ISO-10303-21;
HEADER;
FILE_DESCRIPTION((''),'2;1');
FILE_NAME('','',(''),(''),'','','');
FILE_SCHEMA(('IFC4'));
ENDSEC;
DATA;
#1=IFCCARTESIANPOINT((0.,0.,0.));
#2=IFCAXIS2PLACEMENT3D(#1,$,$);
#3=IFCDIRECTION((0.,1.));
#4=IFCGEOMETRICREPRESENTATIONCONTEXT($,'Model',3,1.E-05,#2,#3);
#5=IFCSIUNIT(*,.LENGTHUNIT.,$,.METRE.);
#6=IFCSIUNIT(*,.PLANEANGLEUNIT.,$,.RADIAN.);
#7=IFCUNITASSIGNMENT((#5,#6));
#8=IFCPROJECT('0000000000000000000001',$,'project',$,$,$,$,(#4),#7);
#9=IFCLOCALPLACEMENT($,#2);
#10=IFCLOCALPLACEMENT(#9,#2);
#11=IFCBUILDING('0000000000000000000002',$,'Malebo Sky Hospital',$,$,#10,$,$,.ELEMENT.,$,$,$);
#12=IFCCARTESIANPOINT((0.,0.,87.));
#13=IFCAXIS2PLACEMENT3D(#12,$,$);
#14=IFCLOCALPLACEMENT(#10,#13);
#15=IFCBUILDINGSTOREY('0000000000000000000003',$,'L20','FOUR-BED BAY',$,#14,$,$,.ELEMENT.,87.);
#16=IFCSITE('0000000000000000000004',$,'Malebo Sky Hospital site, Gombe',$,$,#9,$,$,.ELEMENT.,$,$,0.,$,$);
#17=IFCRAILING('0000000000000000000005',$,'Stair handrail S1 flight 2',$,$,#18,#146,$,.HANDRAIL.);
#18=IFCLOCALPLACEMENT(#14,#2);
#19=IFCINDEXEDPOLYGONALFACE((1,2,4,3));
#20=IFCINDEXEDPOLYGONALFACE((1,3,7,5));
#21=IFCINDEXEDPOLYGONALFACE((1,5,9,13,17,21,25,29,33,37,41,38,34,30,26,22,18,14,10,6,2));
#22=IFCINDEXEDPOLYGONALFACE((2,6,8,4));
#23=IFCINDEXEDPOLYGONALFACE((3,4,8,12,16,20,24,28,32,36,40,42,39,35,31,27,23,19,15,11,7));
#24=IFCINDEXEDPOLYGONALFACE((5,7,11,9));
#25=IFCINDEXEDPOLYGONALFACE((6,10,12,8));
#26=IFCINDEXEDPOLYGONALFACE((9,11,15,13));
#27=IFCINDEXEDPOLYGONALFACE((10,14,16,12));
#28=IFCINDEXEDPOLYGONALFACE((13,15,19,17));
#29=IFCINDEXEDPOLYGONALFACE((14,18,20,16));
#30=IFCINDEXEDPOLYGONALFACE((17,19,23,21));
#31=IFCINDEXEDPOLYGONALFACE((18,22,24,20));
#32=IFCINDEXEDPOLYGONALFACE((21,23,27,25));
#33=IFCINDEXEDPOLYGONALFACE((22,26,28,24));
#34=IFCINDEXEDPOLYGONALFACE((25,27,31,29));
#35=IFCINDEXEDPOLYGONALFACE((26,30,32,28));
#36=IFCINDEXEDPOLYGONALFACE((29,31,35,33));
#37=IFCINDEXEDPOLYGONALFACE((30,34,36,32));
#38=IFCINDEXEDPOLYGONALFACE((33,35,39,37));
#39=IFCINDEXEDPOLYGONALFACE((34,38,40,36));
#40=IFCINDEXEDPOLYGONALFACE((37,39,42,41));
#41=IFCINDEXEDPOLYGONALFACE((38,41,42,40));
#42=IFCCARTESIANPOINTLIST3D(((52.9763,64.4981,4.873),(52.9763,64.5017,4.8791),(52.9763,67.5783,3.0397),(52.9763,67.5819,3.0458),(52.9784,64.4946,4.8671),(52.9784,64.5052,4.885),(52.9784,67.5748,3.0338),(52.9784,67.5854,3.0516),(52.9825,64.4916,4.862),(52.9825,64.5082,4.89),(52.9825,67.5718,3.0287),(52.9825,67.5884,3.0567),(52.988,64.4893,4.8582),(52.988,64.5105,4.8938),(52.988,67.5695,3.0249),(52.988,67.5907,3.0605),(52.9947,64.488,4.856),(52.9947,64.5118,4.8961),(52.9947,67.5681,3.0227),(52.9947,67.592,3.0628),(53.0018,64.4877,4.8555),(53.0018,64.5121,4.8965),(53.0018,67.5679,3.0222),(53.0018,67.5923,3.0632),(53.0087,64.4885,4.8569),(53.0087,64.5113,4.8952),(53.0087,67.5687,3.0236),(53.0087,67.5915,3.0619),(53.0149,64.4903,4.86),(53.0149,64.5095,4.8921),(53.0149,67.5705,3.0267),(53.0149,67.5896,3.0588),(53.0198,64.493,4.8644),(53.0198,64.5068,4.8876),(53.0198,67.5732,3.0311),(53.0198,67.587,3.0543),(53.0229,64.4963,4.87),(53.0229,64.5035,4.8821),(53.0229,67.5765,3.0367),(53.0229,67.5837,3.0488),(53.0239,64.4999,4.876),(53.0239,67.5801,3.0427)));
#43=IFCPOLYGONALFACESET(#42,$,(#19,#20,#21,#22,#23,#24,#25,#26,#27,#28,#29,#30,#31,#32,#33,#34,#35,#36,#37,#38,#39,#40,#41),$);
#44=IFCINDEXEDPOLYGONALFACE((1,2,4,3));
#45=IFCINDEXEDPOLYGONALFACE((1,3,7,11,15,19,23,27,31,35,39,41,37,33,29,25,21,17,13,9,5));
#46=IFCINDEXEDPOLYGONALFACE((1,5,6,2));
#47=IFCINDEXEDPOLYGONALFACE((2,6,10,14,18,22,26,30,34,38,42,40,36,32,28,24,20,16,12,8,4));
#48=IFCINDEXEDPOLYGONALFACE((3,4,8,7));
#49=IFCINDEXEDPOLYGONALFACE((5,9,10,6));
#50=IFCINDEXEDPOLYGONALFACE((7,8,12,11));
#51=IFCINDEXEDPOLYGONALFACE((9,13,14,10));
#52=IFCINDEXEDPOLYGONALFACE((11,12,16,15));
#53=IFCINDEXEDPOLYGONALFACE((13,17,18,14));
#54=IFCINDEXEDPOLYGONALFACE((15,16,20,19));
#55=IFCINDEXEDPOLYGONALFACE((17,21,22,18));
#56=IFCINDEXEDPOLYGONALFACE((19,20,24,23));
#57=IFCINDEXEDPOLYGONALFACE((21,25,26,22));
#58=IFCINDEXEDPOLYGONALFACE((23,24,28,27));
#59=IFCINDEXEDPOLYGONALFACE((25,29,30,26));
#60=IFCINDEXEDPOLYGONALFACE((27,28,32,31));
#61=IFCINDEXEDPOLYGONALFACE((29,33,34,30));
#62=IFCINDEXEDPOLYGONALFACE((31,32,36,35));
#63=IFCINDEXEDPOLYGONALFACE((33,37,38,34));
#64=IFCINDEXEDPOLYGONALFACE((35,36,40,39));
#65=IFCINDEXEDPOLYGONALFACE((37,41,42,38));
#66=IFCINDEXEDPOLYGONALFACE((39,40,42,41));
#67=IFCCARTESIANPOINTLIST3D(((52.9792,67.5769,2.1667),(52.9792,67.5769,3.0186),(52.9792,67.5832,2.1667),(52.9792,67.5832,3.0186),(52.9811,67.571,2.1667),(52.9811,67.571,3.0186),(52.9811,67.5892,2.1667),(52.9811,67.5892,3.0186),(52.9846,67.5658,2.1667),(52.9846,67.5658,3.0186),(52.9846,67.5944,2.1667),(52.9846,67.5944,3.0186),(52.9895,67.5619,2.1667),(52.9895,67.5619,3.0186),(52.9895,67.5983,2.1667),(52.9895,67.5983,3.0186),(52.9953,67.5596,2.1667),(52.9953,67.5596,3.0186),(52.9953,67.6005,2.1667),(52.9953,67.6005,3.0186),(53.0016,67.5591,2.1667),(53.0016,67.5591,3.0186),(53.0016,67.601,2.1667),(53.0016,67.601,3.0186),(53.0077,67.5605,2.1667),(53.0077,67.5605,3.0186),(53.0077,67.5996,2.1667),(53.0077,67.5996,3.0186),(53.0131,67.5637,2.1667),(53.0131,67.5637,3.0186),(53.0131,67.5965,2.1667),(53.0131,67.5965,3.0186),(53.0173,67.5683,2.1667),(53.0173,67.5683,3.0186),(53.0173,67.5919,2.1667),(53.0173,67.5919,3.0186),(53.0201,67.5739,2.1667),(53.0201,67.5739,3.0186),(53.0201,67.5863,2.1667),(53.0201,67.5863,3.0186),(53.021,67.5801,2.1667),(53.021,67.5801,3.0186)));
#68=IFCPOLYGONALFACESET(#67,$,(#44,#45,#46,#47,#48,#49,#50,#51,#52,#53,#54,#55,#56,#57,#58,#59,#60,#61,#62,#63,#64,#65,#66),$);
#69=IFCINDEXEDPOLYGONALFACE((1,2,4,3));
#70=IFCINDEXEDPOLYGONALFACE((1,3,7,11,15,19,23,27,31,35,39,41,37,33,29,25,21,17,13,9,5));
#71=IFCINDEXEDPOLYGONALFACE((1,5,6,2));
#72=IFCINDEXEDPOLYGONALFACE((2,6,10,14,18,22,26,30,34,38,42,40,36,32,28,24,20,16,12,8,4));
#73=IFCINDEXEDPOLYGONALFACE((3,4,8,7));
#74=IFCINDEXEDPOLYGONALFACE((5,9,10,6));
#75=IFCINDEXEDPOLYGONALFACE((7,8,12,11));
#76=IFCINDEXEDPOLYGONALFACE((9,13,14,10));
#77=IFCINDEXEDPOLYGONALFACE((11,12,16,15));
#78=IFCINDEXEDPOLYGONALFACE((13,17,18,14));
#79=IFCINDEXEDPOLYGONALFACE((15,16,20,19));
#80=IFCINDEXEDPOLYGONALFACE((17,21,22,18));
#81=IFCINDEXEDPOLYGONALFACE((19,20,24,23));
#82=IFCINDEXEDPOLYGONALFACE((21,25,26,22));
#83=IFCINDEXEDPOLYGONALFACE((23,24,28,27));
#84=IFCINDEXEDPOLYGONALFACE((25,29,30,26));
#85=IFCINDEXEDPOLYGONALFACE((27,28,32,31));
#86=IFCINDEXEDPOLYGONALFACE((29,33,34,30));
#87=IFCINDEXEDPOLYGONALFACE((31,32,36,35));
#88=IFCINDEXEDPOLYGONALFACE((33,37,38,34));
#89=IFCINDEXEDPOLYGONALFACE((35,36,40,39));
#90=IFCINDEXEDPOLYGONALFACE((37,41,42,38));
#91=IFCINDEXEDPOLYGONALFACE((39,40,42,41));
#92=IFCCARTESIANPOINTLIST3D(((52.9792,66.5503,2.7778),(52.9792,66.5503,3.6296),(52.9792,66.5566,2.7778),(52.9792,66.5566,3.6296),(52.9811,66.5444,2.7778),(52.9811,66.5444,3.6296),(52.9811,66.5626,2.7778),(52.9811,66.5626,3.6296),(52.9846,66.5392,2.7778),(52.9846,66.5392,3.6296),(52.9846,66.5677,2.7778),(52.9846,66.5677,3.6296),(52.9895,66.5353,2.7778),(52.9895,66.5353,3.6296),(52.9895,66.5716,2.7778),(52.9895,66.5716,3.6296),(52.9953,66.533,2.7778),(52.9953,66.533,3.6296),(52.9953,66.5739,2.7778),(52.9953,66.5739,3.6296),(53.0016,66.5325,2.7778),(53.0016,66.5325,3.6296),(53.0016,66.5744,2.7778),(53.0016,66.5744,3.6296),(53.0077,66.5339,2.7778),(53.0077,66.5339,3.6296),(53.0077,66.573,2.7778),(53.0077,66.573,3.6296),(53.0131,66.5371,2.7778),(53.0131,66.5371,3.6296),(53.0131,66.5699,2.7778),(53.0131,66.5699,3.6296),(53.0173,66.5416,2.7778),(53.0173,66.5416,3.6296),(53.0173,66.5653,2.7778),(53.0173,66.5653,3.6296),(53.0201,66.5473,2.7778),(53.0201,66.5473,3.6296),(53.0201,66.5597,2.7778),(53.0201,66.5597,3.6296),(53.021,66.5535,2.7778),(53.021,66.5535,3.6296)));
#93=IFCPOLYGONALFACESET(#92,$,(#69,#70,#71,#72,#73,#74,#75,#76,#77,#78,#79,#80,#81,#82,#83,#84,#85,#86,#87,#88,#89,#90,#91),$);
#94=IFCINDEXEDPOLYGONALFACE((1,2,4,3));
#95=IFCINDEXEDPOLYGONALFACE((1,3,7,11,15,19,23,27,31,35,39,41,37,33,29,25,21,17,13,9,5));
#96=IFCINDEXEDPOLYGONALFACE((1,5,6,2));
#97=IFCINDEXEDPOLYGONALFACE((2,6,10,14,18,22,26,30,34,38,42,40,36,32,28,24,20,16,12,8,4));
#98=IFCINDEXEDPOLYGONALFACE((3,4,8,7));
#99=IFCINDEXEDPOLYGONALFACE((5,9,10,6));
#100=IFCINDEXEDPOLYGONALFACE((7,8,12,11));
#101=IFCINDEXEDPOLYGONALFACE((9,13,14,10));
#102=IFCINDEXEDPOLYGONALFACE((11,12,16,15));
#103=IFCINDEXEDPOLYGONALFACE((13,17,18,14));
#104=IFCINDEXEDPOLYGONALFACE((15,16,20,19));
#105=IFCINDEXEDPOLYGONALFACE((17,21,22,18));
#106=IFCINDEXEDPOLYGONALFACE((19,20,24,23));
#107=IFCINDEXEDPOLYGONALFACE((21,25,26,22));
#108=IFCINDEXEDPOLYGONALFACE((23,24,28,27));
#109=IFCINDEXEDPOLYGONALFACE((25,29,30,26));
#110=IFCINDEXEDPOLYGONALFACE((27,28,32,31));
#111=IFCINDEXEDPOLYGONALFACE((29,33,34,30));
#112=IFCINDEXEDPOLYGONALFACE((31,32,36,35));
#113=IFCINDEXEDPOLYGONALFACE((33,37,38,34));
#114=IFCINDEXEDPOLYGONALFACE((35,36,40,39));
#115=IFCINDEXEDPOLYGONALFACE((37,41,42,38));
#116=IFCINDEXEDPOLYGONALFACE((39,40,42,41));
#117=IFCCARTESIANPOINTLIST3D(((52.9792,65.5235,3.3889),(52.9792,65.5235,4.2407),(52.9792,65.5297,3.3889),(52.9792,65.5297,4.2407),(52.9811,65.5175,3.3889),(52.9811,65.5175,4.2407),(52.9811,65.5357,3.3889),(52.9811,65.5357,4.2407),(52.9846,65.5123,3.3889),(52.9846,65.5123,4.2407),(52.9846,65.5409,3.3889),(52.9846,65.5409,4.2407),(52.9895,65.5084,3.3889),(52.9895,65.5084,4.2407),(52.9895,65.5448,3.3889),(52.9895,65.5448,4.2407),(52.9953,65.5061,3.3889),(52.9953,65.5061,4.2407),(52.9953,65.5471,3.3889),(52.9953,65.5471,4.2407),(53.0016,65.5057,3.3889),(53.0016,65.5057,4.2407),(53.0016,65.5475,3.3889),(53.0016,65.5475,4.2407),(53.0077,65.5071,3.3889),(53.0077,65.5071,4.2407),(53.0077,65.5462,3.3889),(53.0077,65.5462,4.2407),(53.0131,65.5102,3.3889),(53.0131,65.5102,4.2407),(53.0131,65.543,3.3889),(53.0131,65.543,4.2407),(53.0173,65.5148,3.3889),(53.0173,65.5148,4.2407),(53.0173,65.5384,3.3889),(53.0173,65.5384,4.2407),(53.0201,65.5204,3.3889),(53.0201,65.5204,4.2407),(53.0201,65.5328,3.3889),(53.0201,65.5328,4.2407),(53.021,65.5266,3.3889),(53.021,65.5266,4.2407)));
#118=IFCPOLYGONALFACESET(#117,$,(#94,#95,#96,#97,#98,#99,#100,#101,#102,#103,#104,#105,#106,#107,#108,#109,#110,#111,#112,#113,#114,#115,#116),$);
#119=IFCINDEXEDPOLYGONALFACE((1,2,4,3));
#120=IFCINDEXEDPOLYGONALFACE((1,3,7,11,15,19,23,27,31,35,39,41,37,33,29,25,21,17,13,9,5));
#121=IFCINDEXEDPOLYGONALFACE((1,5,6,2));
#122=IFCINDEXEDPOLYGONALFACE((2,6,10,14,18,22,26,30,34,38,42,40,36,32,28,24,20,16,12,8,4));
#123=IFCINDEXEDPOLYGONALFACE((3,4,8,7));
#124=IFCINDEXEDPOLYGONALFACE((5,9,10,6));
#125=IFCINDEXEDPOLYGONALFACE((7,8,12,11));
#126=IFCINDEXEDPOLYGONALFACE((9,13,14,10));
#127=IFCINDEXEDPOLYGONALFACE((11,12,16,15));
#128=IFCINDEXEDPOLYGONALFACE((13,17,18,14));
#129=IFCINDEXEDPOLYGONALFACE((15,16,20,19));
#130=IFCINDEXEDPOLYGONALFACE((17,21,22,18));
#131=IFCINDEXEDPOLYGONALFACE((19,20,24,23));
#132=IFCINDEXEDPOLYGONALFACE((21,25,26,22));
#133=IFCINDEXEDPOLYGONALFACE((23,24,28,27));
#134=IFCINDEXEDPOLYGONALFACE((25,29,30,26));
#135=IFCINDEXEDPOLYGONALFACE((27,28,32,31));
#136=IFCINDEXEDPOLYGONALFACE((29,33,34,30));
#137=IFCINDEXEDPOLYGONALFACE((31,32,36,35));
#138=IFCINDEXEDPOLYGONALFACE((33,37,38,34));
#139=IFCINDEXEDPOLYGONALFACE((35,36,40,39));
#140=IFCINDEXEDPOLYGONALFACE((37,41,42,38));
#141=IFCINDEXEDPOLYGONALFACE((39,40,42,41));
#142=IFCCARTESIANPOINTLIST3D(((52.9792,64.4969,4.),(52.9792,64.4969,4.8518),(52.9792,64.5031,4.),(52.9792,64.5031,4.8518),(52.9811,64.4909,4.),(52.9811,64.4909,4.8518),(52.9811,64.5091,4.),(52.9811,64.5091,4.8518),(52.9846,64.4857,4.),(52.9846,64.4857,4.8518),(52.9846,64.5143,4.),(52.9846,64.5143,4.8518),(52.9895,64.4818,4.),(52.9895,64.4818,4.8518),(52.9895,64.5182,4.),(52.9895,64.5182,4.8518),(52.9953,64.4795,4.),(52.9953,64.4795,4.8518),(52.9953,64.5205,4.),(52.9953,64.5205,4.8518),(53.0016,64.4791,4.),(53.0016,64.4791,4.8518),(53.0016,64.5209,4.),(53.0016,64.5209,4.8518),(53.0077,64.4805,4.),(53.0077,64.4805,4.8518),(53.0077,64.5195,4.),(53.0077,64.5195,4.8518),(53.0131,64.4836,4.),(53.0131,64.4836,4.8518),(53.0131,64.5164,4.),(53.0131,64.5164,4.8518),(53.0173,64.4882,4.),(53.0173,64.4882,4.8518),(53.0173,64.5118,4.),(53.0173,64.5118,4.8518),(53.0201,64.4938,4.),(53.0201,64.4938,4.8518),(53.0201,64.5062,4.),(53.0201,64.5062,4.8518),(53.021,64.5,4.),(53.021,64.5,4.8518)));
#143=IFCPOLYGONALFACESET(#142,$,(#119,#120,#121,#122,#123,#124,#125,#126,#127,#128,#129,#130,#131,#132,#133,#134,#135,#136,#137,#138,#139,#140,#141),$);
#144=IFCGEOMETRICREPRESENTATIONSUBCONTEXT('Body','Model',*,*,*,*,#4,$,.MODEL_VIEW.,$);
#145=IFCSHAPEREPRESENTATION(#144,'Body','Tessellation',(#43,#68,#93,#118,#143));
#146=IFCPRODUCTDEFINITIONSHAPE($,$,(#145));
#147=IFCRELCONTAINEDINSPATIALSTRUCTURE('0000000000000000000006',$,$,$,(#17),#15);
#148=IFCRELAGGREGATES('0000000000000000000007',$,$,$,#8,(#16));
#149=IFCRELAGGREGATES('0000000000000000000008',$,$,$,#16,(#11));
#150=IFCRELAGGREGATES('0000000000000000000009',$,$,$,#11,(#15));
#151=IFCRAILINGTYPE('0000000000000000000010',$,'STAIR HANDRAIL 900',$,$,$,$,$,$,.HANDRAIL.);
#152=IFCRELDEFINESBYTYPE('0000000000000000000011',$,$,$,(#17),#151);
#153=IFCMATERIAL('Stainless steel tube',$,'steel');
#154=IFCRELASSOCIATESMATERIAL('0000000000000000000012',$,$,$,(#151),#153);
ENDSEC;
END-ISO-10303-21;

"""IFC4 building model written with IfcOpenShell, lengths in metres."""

from ifc_helpers import new_model, si_unit, direction, frame, origin, origin_2d, place, context, subcontext, project, spatial, circle, extrude, material, type_object, element, save


model = new_model("IFC4")

# Units and contexts
model_context = context("Model", 3, precision=1e-05, world=origin(), true_north=direction((0.0, 1.0)))
body_context = subcontext(model_context, "Body", "Model", "MODEL_VIEW")
ifc_project = project(units=[si_unit("LENGTHUNIT", "METRE"), si_unit("PLANEANGLEUNIT", "RADIAN")], contexts=[model_context])

# Site, building, storey
site_placement = place(None, origin())
site = spatial("IfcSite", under=ifc_project, at=site_placement, Name="Malebo Sky Hospital site, Gombe", CompositionType="ELEMENT", RefElevation=0.0)
building_placement = place(site_placement, origin())
building = spatial("IfcBuilding", under=site, at=building_placement, Name="Malebo Sky Hospital", CompositionType="ELEMENT")
storey_placement = place(building_placement, frame((0.0, 0.0, 87.0)))
storey = spatial("IfcBuildingStorey", under=building, at=storey_placement, Name="L20", Description="FOUR-BED BAY", CompositionType="ELEMENT", Elevation=87.0)

# Railing
ifc_material_1 = material(Name="Stainless steel tube", Category="steel")
railing_type = type_object("IfcRailingType", Name="STAIR HANDRAIL 900", PredefinedType="HANDRAIL", material=ifc_material_1)
railing_1_placement = place(storey_placement, frame((53.0, 67.5801, 2.1667)))
element("IfcRailing", 1, at=railing_1_placement, inside=storey, type_object=railing_type, Name="Stair handrail S1 flight 2", PredefinedType="HANDRAIL", context=body_context, shape_type="SweptSolid", body=[
    extrude(circle(Radius=0.0239, at=origin_2d()), frame((0.0, 0.0, 0.876), z_axis=(0.0, -0.859309, 0.511458), x_axis=(1.0, 0.0, 0.0)), (0.0, 0.0, 1.0), 3.5845),
    extrude(circle(Radius=0.021, at=origin_2d()), origin(), (0.0, 0.0, 1.0), 0.8518),
    extrude(circle(Radius=0.021, at=origin_2d()), frame((0.0, -1.0266, 0.6111)), (0.0, 0.0, 1.0), 0.8518),
    extrude(circle(Radius=0.021, at=origin_2d()), frame((0.0, -2.0535, 1.2222)), (0.0, 0.0, 1.0), 0.8518),
    extrude(circle(Radius=0.021, at=origin_2d()), frame((0.0, -3.0801, 1.8333)), (0.0, 0.0, 1.0), 0.8518),
])

save(model, "model.ifc")
